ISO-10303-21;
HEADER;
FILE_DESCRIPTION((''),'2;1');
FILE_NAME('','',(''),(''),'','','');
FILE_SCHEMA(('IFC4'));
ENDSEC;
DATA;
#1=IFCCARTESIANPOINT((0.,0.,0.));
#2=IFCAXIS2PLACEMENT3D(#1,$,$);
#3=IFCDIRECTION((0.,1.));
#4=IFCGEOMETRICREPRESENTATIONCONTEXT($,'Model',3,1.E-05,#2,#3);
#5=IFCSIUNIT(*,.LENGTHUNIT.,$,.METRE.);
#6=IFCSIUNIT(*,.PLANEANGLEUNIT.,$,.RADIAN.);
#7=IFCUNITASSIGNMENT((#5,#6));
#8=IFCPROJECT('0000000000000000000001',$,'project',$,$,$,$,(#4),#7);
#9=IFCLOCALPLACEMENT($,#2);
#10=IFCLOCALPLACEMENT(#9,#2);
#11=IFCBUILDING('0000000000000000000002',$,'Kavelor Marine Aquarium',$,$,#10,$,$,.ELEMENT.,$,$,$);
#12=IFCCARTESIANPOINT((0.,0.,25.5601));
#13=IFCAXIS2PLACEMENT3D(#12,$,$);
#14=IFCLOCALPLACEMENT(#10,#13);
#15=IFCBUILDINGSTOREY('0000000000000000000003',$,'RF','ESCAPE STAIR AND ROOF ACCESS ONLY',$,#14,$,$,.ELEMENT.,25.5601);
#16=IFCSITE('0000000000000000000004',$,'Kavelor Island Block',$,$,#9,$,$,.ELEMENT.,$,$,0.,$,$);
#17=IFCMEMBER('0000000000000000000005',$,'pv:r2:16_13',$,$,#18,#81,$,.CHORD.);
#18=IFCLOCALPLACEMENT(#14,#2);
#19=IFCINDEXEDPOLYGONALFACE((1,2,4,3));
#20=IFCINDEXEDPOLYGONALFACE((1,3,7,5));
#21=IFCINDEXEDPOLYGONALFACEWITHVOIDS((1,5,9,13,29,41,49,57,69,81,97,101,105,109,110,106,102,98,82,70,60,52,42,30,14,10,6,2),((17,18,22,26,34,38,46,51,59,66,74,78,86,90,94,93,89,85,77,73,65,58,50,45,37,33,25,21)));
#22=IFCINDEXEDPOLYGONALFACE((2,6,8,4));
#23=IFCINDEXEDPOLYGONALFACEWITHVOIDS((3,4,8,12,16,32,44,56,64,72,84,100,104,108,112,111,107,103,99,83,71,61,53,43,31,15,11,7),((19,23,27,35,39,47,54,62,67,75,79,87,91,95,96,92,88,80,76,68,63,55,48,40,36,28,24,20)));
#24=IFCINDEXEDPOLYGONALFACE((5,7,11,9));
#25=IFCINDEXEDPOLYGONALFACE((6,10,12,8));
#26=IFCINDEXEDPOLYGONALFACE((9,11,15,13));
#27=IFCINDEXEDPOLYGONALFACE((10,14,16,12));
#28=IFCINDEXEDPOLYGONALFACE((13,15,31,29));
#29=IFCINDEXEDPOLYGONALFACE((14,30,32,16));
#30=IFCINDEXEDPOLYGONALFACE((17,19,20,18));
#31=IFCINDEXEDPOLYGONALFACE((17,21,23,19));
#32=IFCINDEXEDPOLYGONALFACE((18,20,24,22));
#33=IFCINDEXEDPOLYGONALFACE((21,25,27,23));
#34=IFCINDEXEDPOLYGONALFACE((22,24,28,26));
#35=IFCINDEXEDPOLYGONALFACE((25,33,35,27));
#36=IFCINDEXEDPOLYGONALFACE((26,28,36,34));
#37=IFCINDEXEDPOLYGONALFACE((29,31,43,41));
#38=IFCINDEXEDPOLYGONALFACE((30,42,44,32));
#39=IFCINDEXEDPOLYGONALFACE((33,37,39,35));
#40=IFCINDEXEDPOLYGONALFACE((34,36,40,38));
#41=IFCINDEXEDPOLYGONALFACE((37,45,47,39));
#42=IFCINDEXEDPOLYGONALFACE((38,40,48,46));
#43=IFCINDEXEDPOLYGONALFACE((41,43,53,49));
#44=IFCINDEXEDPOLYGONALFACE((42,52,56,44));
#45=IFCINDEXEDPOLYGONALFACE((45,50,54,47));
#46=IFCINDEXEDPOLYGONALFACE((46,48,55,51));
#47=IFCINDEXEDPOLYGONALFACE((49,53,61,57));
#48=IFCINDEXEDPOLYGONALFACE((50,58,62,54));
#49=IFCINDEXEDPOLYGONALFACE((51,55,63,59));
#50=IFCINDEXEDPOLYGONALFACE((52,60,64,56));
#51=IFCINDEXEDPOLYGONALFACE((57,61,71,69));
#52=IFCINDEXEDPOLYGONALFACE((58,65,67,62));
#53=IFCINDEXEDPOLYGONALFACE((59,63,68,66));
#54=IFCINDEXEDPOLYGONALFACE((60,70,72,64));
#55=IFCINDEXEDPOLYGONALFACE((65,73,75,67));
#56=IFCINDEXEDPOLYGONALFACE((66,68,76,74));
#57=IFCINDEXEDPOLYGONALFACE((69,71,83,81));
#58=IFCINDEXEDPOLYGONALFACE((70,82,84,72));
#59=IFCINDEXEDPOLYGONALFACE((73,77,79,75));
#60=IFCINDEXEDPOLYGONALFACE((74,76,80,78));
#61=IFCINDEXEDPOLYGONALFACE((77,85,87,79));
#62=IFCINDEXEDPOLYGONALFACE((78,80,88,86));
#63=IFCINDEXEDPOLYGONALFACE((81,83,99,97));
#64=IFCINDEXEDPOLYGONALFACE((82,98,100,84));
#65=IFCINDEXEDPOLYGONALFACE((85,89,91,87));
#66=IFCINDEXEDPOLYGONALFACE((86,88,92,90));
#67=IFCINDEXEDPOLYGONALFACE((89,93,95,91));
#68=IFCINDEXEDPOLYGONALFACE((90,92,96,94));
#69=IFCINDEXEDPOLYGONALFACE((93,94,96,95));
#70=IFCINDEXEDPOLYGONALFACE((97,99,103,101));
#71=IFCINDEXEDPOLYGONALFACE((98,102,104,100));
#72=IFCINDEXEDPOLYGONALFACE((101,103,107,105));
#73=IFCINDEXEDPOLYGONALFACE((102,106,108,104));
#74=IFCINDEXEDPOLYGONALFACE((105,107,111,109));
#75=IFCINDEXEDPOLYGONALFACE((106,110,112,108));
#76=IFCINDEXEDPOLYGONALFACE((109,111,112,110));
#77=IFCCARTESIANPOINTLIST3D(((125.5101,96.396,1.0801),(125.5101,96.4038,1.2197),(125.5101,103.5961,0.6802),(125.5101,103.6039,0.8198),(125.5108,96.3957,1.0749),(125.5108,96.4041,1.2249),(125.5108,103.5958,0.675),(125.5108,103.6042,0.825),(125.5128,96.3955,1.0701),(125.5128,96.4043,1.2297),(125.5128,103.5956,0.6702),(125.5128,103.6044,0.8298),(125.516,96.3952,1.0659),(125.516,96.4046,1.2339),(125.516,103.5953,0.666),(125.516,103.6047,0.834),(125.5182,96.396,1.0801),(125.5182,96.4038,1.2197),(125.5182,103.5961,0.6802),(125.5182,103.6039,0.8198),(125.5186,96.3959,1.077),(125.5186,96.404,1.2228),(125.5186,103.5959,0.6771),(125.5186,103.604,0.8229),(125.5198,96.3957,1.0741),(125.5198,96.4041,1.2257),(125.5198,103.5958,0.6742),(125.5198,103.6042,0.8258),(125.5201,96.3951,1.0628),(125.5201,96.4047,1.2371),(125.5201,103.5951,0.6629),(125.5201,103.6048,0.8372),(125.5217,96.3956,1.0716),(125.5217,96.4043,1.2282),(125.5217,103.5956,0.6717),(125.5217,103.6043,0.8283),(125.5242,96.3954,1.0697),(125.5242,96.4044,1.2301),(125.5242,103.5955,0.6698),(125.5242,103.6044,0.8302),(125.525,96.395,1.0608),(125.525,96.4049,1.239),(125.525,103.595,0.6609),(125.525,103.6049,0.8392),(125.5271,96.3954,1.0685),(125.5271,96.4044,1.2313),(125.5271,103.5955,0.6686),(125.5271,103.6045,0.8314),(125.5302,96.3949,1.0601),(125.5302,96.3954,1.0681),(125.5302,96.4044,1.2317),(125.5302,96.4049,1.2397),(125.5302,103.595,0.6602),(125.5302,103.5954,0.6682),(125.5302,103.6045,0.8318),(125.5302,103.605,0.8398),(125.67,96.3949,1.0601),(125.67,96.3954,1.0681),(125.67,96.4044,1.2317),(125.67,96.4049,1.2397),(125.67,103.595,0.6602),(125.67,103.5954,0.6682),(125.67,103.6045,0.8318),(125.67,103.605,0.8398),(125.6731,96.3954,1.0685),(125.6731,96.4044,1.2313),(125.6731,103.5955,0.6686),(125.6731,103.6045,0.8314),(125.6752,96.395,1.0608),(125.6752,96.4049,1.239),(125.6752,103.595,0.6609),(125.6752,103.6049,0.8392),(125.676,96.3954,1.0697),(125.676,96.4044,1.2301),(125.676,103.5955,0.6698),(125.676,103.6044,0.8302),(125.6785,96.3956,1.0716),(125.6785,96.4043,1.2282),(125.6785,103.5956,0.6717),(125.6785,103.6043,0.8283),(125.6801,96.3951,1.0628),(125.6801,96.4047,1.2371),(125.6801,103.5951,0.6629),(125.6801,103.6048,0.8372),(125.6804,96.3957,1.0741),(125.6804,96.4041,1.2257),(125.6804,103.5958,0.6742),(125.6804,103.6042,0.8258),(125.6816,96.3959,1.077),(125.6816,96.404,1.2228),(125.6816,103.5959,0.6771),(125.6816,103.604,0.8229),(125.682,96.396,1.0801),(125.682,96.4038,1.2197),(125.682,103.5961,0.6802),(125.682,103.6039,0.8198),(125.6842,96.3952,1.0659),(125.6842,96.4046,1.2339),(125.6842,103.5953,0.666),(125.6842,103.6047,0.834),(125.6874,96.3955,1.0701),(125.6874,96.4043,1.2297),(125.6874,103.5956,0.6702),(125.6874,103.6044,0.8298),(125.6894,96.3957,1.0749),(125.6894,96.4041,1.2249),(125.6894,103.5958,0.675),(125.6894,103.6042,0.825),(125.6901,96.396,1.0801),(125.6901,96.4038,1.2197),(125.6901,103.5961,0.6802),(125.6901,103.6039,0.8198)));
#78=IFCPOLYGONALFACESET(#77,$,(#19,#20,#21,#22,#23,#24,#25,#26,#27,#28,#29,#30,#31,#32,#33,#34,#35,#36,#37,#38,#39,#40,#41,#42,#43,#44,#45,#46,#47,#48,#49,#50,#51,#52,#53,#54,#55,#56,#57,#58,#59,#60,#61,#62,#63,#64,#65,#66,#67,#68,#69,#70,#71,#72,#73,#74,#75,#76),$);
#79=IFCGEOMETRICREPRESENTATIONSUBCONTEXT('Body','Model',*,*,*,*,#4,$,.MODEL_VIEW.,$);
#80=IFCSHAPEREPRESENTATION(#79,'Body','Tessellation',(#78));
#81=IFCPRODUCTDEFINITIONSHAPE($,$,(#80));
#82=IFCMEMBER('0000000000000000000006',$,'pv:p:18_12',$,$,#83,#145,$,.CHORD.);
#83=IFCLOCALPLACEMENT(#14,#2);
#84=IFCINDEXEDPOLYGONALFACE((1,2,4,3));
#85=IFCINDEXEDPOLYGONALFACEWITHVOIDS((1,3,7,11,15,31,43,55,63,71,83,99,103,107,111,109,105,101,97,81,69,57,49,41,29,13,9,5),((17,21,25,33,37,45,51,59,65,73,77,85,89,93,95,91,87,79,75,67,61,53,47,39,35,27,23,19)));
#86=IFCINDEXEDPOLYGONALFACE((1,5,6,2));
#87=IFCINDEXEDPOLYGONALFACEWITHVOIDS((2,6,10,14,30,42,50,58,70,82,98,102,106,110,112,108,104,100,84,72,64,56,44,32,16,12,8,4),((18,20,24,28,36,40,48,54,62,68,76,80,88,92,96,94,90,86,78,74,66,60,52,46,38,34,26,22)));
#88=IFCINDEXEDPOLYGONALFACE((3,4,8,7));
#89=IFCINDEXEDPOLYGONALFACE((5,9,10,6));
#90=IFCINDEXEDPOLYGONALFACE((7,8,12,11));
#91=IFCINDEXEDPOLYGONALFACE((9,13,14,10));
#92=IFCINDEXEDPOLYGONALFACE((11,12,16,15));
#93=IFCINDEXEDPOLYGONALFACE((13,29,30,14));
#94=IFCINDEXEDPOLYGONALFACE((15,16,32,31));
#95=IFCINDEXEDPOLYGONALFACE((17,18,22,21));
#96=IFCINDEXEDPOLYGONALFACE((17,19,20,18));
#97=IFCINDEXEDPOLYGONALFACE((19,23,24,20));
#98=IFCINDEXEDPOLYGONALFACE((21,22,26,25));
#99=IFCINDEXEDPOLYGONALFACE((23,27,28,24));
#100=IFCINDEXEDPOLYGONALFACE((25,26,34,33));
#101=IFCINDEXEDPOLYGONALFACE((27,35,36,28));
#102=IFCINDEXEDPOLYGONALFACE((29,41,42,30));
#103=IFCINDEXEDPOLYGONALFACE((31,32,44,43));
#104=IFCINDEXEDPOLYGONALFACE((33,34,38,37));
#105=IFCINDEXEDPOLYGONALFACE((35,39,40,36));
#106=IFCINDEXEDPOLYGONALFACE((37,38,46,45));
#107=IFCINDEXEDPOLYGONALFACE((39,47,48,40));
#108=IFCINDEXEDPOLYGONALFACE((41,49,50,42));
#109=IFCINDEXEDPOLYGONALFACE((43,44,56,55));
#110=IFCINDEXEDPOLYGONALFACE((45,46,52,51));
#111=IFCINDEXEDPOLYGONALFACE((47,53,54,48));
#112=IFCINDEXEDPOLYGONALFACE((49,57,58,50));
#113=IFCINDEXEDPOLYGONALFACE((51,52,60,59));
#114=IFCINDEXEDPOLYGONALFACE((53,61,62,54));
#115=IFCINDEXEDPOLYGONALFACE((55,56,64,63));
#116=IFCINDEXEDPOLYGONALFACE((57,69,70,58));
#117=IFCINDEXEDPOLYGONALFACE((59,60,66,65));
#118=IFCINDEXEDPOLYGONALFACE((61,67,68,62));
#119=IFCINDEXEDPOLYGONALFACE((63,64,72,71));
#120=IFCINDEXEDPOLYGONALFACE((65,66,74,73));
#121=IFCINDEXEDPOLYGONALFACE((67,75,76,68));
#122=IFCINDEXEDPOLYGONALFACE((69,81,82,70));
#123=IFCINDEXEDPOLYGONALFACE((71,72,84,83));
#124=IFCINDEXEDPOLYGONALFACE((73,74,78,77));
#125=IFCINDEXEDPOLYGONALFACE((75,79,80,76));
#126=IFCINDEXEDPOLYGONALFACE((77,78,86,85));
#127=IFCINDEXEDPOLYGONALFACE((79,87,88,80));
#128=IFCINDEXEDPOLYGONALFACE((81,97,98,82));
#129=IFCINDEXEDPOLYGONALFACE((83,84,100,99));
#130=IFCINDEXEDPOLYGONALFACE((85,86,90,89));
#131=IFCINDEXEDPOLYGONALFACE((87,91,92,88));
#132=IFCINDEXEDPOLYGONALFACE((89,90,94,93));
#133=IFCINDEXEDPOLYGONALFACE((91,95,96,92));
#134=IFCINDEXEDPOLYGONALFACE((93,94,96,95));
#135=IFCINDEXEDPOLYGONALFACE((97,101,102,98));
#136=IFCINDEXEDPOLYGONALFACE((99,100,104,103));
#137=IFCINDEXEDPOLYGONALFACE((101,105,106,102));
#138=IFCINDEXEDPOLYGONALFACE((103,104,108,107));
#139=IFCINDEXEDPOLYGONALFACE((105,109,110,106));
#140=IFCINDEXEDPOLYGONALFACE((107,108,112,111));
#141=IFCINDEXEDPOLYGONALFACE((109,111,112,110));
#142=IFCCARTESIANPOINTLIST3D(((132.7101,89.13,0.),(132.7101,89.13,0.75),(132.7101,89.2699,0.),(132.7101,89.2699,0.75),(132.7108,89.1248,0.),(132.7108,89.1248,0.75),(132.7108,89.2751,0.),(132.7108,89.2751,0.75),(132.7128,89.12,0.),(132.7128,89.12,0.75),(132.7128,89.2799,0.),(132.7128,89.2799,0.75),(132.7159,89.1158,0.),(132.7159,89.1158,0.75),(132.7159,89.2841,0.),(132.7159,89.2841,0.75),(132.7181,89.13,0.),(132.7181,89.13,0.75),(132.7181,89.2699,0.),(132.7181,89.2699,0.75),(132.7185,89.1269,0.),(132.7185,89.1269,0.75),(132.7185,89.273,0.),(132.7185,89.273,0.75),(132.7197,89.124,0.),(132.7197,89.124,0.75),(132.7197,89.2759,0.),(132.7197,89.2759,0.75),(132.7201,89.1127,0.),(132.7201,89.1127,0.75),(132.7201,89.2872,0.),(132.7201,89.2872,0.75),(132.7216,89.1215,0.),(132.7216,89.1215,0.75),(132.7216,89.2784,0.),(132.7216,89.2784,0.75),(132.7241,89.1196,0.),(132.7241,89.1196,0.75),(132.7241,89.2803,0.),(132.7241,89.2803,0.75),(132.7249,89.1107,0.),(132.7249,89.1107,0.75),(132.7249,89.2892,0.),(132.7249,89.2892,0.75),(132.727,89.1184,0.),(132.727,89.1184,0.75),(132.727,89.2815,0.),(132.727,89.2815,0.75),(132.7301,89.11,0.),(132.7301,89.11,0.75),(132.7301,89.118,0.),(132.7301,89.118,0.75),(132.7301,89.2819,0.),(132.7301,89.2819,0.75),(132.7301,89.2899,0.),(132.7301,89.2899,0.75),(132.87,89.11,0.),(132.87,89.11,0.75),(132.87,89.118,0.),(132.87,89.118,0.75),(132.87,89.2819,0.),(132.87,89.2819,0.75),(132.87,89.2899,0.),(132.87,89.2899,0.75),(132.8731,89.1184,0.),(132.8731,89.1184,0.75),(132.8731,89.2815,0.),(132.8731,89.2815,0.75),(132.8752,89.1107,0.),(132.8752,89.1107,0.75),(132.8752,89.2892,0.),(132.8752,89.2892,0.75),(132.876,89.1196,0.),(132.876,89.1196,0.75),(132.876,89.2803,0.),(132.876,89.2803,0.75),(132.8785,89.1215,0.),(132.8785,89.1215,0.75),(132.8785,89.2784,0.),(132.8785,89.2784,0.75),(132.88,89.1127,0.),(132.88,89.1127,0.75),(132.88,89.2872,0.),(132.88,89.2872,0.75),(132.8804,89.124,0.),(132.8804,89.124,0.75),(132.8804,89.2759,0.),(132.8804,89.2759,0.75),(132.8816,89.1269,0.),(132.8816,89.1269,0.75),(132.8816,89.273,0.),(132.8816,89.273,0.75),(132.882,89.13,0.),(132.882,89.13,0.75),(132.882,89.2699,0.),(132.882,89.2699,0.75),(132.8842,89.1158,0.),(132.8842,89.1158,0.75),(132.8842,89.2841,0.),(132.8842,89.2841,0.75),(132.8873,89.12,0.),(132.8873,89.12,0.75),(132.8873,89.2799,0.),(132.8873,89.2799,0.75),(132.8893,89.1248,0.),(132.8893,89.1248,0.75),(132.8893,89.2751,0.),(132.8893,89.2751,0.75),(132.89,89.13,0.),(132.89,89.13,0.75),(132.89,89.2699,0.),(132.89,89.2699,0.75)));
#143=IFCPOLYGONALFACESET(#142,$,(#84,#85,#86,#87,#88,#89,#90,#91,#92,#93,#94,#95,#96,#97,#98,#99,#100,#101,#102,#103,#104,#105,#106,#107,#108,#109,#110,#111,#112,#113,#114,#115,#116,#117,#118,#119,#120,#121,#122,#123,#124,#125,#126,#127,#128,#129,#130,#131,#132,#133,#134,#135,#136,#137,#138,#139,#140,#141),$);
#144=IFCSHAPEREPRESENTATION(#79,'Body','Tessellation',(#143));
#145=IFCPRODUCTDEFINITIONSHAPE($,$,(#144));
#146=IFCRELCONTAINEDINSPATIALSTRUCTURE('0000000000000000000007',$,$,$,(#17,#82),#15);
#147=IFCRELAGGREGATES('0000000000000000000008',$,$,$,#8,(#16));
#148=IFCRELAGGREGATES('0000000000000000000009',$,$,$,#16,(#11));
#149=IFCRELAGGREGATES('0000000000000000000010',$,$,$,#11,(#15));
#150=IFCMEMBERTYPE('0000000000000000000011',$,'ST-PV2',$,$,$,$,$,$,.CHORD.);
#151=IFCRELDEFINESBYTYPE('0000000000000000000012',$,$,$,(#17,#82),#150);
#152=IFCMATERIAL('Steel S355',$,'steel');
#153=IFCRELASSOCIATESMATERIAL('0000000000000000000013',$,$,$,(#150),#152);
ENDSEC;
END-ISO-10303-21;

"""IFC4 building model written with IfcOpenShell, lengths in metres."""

from ifc_helpers import new_model, si_unit, direction, frame, origin, origin_2d, place, context, subcontext, project, spatial, hollow_rectangle, extrude, material, material_profile, profile_set, type_object, element, save


model = new_model("IFC4")

# Units and contexts
model_context = context("Model", 3, precision=1e-05, world=origin(), true_north=direction((0.0, 1.0)))
body_context = subcontext(model_context, "Body", "Model", "MODEL_VIEW")
ifc_project = project(units=[si_unit("LENGTHUNIT", "METRE"), si_unit("PLANEANGLEUNIT", "RADIAN")], contexts=[model_context])

# Site, building, storey
site_placement = place(None, origin())
site = spatial("IfcSite", under=ifc_project, at=site_placement, Name="Kavelor Island Block", CompositionType="ELEMENT", RefElevation=0.0)
building_placement = place(site_placement, origin())
building = spatial("IfcBuilding", under=site, at=building_placement, Name="Kavelor Marine Aquarium", CompositionType="ELEMENT")
storey_placement = place(building_placement, frame((0.0, 0.0, 25.5601)))
storey = spatial("IfcBuildingStorey", under=building, at=storey_placement, Name="RF", Description="ESCAPE STAIR AND ROOF ACCESS ONLY", CompositionType="ELEMENT", Elevation=25.5601)

# Members
ifc_material_1 = material(Name="Steel S355", Category="steel")
ifc_material_profile_1 = material_profile(ifc_material_1, hollow_rectangle(XDim=0.1799, YDim=0.1799, WallThickness=0.0081, InnerFilletRadius=0.012, OuterFilletRadius=0.02, at=origin_2d()), Name="SHS 180x180x8.0")
ifc_profile_set_1 = profile_set([ifc_material_profile_1], Name="Steel S355")
member_type_1 = type_object("IfcMemberType", Name="ST-PV2", PredefinedType="CHORD", material=ifc_profile_set_1)
member_1_placement = place(storey_placement, frame((125.6001, 96.3999, 1.1499), z_axis=(0.0, 0.998461, -0.055455), x_axis=(-1.0, 0.0, 0.0)))
element("IfcMember", 1, at=member_1_placement, inside=storey, type_object=member_type_1, Name="pv:r2:16_13", PredefinedType="CHORD", context=body_context, shape_type="SweptSolid", body=[
    extrude(hollow_rectangle(XDim=0.1799, YDim=0.1799, WallThickness=0.0081, InnerFilletRadius=0.012, OuterFilletRadius=0.02, at=origin_2d()), origin(), (0.0, 0.0, 1.0), 7.2112),
])
member_2_placement = place(storey_placement, frame((132.8, 89.2, 0.0), z_axis=(0.0, 0.0, 1.0), x_axis=(1.0, 0.0, 0.0)))
element("IfcMember", 2, at=member_2_placement, inside=storey, type_object=member_type_1, Name="pv:p:18_12", PredefinedType="CHORD", context=body_context, shape_type="SweptSolid", body=[
    extrude(hollow_rectangle(XDim=0.1799, YDim=0.1799, WallThickness=0.0081, InnerFilletRadius=0.012, OuterFilletRadius=0.02, at=origin_2d()), origin(), (0.0, 0.0, 1.0), 0.75),
])

save(model, "model.ifc")
